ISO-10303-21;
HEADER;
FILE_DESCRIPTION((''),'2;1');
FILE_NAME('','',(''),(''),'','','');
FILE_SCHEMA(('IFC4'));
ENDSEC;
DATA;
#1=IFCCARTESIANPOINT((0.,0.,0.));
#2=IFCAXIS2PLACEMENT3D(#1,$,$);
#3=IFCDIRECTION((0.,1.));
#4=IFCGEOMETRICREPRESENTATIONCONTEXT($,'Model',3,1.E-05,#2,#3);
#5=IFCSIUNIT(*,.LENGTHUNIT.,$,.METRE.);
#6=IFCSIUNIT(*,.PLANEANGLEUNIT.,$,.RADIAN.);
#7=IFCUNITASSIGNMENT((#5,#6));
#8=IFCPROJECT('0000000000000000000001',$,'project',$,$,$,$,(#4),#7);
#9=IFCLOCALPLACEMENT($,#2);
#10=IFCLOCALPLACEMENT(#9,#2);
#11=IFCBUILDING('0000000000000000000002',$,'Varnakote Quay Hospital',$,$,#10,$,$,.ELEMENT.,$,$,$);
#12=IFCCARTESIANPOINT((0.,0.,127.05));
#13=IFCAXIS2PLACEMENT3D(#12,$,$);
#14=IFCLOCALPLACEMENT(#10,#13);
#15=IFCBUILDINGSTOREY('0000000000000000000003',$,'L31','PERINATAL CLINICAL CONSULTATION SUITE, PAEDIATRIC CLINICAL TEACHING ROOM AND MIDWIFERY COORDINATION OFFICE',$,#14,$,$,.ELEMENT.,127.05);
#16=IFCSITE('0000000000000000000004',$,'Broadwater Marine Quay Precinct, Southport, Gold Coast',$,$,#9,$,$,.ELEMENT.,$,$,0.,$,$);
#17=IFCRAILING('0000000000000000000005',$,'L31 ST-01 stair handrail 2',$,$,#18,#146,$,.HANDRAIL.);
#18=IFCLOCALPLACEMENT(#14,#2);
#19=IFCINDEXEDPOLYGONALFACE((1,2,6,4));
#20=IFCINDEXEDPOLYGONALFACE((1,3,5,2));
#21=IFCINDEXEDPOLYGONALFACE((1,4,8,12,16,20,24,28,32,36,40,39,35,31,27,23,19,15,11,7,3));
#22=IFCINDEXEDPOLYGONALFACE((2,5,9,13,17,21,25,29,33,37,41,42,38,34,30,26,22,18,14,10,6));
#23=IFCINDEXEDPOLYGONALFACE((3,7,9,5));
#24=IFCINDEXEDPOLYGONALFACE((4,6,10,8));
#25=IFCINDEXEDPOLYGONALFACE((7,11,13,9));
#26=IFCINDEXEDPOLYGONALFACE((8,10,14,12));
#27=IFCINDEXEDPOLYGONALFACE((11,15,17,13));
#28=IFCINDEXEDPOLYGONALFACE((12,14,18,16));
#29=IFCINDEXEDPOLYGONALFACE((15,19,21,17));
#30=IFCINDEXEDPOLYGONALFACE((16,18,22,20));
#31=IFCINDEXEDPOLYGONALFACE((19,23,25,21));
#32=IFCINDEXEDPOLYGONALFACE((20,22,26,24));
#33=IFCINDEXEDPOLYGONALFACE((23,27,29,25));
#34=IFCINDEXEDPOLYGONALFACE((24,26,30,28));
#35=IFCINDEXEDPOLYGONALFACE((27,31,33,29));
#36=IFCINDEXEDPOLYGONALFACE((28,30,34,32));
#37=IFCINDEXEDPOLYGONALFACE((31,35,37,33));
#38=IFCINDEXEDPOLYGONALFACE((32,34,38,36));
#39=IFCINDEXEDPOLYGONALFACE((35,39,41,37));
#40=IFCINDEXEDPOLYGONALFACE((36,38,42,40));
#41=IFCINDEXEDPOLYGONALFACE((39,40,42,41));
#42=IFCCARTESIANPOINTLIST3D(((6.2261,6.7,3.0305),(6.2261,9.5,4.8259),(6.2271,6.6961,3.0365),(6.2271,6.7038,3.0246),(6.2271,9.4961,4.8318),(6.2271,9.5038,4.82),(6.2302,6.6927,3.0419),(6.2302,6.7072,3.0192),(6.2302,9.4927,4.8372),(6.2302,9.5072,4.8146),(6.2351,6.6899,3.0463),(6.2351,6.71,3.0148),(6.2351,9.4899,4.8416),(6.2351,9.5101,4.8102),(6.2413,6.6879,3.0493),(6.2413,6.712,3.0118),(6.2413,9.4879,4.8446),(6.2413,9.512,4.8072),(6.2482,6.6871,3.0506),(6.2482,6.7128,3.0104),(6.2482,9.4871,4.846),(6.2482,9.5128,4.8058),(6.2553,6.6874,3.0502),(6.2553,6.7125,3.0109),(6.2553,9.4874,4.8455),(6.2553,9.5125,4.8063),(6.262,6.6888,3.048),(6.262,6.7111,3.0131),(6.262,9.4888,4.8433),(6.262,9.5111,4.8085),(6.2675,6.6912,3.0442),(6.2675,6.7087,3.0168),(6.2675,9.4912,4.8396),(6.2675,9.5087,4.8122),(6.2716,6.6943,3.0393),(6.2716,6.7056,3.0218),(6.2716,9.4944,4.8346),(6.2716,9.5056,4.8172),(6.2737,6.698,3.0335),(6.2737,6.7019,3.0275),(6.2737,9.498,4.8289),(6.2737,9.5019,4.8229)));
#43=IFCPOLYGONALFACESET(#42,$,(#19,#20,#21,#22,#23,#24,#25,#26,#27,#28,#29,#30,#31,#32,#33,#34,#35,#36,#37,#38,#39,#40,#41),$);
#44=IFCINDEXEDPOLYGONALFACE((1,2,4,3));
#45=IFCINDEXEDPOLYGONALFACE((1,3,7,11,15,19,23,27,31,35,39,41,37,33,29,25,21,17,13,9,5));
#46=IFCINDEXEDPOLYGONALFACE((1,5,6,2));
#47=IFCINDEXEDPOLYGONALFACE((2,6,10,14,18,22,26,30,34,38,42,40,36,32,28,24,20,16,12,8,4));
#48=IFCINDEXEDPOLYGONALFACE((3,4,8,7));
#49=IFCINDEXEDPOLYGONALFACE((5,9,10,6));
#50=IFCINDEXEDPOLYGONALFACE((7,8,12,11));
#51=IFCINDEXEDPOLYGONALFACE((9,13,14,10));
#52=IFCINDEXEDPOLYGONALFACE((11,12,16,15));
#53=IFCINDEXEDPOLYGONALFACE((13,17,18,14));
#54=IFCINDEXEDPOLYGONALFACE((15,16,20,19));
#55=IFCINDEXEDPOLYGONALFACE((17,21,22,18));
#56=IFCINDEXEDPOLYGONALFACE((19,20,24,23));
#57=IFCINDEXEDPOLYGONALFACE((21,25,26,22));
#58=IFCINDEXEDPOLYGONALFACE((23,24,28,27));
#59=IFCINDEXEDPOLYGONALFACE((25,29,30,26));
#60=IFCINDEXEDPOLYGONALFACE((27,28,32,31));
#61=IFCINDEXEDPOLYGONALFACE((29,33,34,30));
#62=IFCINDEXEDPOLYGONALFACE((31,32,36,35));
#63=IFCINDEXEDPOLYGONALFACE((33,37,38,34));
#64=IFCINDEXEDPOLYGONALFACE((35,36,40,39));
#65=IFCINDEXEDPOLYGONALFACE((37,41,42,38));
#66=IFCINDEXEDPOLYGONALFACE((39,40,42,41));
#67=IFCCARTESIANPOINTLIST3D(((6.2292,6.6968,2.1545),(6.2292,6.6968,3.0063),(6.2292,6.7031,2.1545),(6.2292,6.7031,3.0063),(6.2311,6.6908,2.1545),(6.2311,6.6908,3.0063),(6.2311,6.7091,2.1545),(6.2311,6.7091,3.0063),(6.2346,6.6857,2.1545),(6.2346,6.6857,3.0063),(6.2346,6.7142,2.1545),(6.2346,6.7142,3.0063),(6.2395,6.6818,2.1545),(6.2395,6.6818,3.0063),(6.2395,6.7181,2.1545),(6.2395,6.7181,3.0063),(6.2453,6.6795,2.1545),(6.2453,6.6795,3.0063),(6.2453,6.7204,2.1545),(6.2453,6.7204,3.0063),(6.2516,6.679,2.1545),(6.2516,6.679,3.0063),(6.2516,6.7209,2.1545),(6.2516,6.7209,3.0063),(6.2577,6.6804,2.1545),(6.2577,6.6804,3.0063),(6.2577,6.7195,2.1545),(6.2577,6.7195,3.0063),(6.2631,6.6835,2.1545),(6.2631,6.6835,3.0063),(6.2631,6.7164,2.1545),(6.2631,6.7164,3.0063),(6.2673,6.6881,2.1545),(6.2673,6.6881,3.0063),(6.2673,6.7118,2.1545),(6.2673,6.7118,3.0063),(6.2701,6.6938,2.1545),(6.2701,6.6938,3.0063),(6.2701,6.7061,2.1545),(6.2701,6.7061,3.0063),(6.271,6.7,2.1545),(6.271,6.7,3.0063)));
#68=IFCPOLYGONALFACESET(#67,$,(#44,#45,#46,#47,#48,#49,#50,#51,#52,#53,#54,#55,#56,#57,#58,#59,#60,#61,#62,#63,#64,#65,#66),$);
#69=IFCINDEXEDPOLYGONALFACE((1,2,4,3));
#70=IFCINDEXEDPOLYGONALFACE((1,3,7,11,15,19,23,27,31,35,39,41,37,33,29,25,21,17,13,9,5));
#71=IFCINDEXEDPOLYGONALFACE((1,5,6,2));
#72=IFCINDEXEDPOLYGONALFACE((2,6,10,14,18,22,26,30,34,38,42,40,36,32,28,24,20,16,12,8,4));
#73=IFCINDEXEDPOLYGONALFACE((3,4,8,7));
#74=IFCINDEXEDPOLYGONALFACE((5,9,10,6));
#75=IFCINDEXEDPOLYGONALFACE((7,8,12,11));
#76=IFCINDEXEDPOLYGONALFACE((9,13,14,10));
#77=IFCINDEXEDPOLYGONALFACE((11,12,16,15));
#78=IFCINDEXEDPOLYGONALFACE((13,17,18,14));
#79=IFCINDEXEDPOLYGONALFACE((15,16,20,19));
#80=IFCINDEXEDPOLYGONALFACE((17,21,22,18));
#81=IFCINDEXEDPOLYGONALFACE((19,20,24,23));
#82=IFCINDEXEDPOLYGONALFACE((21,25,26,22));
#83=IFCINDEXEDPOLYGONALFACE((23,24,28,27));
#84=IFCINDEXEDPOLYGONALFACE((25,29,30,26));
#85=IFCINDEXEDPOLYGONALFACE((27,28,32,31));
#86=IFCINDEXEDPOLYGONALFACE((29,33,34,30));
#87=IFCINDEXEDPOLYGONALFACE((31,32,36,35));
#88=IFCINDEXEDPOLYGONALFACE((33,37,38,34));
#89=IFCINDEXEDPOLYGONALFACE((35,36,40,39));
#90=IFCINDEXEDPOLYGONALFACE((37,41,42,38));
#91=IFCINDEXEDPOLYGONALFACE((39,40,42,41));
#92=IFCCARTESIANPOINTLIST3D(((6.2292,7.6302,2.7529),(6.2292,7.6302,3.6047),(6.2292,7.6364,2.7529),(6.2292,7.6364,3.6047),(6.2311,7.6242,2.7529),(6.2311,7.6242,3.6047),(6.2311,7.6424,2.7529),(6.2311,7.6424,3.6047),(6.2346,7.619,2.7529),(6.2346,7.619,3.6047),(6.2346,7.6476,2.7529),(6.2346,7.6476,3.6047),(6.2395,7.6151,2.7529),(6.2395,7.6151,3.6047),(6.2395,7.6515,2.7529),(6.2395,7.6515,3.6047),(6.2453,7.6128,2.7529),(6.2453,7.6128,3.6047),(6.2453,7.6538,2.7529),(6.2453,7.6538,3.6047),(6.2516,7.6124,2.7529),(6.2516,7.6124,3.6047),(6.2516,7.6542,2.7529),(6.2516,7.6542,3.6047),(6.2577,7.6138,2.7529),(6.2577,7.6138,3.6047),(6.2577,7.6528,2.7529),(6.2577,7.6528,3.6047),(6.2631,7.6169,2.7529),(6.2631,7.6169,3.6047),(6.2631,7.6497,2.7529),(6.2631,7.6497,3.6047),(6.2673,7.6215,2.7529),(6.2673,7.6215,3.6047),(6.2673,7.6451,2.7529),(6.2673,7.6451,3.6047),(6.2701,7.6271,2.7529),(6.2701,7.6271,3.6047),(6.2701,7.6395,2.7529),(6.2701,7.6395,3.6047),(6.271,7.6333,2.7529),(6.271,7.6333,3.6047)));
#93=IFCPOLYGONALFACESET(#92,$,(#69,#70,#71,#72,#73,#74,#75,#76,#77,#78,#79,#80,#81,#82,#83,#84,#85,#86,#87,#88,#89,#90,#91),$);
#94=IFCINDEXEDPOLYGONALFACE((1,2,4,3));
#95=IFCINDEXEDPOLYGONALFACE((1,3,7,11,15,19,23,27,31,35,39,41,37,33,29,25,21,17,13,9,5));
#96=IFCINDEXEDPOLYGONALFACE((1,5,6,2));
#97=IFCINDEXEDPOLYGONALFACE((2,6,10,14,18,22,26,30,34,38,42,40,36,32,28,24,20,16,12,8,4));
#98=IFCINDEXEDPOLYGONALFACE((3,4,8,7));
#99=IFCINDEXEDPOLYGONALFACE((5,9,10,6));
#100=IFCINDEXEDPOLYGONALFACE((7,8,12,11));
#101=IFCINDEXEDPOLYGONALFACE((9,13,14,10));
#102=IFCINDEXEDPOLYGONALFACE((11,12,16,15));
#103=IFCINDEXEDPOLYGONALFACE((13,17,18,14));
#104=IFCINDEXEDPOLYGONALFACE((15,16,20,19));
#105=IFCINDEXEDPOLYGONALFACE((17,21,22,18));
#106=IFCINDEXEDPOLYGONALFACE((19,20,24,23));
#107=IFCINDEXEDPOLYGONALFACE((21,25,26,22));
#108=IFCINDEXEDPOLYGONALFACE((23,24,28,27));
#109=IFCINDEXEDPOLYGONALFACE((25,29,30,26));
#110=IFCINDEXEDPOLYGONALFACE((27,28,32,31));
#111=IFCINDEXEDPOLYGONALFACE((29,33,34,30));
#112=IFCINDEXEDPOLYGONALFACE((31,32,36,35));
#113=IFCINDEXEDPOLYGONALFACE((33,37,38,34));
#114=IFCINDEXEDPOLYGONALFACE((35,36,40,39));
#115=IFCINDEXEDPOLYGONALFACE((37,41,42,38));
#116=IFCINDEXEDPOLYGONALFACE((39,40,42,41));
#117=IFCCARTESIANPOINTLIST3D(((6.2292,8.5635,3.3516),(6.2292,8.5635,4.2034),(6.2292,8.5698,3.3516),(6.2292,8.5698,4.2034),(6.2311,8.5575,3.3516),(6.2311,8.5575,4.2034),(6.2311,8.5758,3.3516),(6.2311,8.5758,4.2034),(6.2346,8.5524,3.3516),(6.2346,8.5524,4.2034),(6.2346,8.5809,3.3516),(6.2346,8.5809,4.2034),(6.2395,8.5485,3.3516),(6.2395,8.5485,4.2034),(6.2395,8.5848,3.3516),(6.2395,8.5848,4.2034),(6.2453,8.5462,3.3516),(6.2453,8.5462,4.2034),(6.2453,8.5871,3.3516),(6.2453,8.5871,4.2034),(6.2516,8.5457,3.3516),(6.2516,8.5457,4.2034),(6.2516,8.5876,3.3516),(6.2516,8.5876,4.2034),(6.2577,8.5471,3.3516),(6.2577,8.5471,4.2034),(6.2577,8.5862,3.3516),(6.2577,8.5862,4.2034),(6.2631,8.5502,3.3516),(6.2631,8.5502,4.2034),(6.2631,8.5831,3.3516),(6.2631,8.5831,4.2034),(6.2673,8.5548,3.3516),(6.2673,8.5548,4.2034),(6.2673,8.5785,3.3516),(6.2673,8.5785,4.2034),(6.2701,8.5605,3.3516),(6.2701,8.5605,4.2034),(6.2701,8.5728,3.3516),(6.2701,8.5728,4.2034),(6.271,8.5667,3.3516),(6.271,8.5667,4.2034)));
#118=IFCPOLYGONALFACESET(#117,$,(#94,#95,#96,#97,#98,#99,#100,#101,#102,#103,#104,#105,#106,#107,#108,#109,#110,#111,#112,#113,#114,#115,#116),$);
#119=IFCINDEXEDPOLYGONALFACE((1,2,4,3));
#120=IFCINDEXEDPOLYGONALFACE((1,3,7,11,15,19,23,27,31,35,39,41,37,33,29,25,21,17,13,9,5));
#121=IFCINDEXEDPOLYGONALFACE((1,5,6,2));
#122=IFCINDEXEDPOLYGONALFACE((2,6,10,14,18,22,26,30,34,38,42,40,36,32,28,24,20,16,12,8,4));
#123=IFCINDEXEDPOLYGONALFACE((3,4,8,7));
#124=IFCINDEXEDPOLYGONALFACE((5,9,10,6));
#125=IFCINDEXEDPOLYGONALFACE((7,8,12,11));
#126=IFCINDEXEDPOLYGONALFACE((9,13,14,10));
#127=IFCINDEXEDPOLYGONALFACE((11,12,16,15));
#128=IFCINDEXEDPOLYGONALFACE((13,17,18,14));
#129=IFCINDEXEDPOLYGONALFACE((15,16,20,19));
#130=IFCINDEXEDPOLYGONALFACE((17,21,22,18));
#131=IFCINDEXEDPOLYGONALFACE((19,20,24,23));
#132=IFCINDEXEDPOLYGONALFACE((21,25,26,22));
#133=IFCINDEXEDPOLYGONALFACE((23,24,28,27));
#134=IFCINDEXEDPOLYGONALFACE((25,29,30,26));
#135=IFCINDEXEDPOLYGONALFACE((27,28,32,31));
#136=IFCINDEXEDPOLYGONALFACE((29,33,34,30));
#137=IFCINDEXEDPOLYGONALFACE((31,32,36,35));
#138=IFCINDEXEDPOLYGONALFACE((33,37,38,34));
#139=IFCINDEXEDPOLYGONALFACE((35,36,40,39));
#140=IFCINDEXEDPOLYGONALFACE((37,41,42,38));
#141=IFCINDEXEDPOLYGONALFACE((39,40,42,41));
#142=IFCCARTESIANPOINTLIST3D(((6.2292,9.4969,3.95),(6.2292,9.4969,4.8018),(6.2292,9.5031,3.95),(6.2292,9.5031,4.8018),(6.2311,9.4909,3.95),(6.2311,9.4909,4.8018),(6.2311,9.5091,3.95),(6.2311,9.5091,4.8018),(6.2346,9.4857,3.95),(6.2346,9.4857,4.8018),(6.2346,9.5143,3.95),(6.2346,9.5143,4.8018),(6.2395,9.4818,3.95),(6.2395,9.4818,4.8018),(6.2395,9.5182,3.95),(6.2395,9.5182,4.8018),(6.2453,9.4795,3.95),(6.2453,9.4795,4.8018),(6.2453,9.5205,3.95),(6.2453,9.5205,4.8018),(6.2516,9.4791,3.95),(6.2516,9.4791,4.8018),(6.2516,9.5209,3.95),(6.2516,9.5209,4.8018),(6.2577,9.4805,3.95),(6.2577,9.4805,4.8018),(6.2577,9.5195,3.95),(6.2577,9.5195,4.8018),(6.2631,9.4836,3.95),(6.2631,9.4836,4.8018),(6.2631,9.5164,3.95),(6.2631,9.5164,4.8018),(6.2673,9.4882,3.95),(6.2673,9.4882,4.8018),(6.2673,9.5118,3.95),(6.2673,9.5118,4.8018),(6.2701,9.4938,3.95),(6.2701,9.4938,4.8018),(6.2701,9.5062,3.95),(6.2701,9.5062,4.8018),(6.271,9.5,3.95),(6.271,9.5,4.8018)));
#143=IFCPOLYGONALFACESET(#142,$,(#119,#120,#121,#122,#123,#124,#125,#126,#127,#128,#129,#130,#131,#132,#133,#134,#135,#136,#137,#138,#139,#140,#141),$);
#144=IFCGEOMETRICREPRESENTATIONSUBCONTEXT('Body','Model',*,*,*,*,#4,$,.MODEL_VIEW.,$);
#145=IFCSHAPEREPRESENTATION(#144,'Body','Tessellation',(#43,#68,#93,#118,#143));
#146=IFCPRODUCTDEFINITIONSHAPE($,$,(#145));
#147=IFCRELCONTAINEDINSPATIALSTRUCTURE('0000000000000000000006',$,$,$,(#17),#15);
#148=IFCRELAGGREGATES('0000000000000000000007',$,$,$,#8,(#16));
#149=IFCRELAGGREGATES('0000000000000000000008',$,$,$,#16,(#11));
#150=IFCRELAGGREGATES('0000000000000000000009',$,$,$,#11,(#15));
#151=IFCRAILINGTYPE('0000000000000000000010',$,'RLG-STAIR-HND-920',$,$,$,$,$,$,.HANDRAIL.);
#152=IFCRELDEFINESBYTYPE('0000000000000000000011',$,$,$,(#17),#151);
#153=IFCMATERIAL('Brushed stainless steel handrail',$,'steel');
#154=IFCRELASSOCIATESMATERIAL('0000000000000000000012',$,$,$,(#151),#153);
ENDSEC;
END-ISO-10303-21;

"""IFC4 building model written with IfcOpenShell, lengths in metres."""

from ifc_helpers import new_model, si_unit, direction, frame, origin, origin_2d, place, context, subcontext, project, spatial, circle, extrude, material, type_object, element, save


model = new_model("IFC4")

# Units and contexts
model_context = context("Model", 3, precision=1e-05, world=origin(), true_north=direction((0.0, 1.0)))
body_context = subcontext(model_context, "Body", "Model", "MODEL_VIEW")
ifc_project = project(units=[si_unit("LENGTHUNIT", "METRE"), si_unit("PLANEANGLEUNIT", "RADIAN")], contexts=[model_context])

# Site, building, storey
site_placement = place(None, origin())
site = spatial("IfcSite", under=ifc_project, at=site_placement, Name="Broadwater Marine Quay Precinct, Southport, Gold Coast", CompositionType="ELEMENT", RefElevation=0.0)
building_placement = place(site_placement, origin())
building = spatial("IfcBuilding", under=site, at=building_placement, Name="Varnakote Quay Hospital", CompositionType="ELEMENT")
storey_placement = place(building_placement, frame((0.0, 0.0, 127.05)))
storey = spatial("IfcBuildingStorey", under=building, at=storey_placement, Name="L31", Description="PERINATAL CLINICAL CONSULTATION SUITE, PAEDIATRIC CLINICAL TEACHING ROOM AND MIDWIFERY COORDINATION OFFICE", CompositionType="ELEMENT", Elevation=127.05)

# Railing
ifc_material_1 = material(Name="Brushed stainless steel handrail", Category="steel")
railing_type_1 = type_object("IfcRailingType", Name="RLG-STAIR-HND-920", PredefinedType="HANDRAIL", material=ifc_material_1)
railing_1_placement = place(storey_placement, frame((6.25, 6.7, 2.1545)))
element("IfcRailing", 1, at=railing_1_placement, inside=storey, type_object=railing_type_1, Name="L31 ST-01 stair handrail 2", PredefinedType="HANDRAIL", context=body_context, shape_type="SweptSolid", body=[
    extrude(circle(Radius=0.0239, at=origin_2d()), frame((0.0, 0.0, 0.876), z_axis=(0.0, 0.84181, 0.539774), x_axis=(-1.0, 0.0, 0.0)), (0.0, 0.0, 1.0), 3.3262),
    extrude(circle(Radius=0.021, at=origin_2d()), origin(), (0.0, 0.0, 1.0), 0.8518),
    extrude(circle(Radius=0.021, at=origin_2d()), frame((0.0, 0.9333, 0.5984)), (0.0, 0.0, 1.0), 0.8518),
    extrude(circle(Radius=0.021, at=origin_2d()), frame((0.0, 1.8667, 1.197)), (0.0, 0.0, 1.0), 0.8518),
    extrude(circle(Radius=0.021, at=origin_2d()), frame((0.0, 2.8, 1.7954)), (0.0, 0.0, 1.0), 0.8518),
])

save(model, "model.ifc")
